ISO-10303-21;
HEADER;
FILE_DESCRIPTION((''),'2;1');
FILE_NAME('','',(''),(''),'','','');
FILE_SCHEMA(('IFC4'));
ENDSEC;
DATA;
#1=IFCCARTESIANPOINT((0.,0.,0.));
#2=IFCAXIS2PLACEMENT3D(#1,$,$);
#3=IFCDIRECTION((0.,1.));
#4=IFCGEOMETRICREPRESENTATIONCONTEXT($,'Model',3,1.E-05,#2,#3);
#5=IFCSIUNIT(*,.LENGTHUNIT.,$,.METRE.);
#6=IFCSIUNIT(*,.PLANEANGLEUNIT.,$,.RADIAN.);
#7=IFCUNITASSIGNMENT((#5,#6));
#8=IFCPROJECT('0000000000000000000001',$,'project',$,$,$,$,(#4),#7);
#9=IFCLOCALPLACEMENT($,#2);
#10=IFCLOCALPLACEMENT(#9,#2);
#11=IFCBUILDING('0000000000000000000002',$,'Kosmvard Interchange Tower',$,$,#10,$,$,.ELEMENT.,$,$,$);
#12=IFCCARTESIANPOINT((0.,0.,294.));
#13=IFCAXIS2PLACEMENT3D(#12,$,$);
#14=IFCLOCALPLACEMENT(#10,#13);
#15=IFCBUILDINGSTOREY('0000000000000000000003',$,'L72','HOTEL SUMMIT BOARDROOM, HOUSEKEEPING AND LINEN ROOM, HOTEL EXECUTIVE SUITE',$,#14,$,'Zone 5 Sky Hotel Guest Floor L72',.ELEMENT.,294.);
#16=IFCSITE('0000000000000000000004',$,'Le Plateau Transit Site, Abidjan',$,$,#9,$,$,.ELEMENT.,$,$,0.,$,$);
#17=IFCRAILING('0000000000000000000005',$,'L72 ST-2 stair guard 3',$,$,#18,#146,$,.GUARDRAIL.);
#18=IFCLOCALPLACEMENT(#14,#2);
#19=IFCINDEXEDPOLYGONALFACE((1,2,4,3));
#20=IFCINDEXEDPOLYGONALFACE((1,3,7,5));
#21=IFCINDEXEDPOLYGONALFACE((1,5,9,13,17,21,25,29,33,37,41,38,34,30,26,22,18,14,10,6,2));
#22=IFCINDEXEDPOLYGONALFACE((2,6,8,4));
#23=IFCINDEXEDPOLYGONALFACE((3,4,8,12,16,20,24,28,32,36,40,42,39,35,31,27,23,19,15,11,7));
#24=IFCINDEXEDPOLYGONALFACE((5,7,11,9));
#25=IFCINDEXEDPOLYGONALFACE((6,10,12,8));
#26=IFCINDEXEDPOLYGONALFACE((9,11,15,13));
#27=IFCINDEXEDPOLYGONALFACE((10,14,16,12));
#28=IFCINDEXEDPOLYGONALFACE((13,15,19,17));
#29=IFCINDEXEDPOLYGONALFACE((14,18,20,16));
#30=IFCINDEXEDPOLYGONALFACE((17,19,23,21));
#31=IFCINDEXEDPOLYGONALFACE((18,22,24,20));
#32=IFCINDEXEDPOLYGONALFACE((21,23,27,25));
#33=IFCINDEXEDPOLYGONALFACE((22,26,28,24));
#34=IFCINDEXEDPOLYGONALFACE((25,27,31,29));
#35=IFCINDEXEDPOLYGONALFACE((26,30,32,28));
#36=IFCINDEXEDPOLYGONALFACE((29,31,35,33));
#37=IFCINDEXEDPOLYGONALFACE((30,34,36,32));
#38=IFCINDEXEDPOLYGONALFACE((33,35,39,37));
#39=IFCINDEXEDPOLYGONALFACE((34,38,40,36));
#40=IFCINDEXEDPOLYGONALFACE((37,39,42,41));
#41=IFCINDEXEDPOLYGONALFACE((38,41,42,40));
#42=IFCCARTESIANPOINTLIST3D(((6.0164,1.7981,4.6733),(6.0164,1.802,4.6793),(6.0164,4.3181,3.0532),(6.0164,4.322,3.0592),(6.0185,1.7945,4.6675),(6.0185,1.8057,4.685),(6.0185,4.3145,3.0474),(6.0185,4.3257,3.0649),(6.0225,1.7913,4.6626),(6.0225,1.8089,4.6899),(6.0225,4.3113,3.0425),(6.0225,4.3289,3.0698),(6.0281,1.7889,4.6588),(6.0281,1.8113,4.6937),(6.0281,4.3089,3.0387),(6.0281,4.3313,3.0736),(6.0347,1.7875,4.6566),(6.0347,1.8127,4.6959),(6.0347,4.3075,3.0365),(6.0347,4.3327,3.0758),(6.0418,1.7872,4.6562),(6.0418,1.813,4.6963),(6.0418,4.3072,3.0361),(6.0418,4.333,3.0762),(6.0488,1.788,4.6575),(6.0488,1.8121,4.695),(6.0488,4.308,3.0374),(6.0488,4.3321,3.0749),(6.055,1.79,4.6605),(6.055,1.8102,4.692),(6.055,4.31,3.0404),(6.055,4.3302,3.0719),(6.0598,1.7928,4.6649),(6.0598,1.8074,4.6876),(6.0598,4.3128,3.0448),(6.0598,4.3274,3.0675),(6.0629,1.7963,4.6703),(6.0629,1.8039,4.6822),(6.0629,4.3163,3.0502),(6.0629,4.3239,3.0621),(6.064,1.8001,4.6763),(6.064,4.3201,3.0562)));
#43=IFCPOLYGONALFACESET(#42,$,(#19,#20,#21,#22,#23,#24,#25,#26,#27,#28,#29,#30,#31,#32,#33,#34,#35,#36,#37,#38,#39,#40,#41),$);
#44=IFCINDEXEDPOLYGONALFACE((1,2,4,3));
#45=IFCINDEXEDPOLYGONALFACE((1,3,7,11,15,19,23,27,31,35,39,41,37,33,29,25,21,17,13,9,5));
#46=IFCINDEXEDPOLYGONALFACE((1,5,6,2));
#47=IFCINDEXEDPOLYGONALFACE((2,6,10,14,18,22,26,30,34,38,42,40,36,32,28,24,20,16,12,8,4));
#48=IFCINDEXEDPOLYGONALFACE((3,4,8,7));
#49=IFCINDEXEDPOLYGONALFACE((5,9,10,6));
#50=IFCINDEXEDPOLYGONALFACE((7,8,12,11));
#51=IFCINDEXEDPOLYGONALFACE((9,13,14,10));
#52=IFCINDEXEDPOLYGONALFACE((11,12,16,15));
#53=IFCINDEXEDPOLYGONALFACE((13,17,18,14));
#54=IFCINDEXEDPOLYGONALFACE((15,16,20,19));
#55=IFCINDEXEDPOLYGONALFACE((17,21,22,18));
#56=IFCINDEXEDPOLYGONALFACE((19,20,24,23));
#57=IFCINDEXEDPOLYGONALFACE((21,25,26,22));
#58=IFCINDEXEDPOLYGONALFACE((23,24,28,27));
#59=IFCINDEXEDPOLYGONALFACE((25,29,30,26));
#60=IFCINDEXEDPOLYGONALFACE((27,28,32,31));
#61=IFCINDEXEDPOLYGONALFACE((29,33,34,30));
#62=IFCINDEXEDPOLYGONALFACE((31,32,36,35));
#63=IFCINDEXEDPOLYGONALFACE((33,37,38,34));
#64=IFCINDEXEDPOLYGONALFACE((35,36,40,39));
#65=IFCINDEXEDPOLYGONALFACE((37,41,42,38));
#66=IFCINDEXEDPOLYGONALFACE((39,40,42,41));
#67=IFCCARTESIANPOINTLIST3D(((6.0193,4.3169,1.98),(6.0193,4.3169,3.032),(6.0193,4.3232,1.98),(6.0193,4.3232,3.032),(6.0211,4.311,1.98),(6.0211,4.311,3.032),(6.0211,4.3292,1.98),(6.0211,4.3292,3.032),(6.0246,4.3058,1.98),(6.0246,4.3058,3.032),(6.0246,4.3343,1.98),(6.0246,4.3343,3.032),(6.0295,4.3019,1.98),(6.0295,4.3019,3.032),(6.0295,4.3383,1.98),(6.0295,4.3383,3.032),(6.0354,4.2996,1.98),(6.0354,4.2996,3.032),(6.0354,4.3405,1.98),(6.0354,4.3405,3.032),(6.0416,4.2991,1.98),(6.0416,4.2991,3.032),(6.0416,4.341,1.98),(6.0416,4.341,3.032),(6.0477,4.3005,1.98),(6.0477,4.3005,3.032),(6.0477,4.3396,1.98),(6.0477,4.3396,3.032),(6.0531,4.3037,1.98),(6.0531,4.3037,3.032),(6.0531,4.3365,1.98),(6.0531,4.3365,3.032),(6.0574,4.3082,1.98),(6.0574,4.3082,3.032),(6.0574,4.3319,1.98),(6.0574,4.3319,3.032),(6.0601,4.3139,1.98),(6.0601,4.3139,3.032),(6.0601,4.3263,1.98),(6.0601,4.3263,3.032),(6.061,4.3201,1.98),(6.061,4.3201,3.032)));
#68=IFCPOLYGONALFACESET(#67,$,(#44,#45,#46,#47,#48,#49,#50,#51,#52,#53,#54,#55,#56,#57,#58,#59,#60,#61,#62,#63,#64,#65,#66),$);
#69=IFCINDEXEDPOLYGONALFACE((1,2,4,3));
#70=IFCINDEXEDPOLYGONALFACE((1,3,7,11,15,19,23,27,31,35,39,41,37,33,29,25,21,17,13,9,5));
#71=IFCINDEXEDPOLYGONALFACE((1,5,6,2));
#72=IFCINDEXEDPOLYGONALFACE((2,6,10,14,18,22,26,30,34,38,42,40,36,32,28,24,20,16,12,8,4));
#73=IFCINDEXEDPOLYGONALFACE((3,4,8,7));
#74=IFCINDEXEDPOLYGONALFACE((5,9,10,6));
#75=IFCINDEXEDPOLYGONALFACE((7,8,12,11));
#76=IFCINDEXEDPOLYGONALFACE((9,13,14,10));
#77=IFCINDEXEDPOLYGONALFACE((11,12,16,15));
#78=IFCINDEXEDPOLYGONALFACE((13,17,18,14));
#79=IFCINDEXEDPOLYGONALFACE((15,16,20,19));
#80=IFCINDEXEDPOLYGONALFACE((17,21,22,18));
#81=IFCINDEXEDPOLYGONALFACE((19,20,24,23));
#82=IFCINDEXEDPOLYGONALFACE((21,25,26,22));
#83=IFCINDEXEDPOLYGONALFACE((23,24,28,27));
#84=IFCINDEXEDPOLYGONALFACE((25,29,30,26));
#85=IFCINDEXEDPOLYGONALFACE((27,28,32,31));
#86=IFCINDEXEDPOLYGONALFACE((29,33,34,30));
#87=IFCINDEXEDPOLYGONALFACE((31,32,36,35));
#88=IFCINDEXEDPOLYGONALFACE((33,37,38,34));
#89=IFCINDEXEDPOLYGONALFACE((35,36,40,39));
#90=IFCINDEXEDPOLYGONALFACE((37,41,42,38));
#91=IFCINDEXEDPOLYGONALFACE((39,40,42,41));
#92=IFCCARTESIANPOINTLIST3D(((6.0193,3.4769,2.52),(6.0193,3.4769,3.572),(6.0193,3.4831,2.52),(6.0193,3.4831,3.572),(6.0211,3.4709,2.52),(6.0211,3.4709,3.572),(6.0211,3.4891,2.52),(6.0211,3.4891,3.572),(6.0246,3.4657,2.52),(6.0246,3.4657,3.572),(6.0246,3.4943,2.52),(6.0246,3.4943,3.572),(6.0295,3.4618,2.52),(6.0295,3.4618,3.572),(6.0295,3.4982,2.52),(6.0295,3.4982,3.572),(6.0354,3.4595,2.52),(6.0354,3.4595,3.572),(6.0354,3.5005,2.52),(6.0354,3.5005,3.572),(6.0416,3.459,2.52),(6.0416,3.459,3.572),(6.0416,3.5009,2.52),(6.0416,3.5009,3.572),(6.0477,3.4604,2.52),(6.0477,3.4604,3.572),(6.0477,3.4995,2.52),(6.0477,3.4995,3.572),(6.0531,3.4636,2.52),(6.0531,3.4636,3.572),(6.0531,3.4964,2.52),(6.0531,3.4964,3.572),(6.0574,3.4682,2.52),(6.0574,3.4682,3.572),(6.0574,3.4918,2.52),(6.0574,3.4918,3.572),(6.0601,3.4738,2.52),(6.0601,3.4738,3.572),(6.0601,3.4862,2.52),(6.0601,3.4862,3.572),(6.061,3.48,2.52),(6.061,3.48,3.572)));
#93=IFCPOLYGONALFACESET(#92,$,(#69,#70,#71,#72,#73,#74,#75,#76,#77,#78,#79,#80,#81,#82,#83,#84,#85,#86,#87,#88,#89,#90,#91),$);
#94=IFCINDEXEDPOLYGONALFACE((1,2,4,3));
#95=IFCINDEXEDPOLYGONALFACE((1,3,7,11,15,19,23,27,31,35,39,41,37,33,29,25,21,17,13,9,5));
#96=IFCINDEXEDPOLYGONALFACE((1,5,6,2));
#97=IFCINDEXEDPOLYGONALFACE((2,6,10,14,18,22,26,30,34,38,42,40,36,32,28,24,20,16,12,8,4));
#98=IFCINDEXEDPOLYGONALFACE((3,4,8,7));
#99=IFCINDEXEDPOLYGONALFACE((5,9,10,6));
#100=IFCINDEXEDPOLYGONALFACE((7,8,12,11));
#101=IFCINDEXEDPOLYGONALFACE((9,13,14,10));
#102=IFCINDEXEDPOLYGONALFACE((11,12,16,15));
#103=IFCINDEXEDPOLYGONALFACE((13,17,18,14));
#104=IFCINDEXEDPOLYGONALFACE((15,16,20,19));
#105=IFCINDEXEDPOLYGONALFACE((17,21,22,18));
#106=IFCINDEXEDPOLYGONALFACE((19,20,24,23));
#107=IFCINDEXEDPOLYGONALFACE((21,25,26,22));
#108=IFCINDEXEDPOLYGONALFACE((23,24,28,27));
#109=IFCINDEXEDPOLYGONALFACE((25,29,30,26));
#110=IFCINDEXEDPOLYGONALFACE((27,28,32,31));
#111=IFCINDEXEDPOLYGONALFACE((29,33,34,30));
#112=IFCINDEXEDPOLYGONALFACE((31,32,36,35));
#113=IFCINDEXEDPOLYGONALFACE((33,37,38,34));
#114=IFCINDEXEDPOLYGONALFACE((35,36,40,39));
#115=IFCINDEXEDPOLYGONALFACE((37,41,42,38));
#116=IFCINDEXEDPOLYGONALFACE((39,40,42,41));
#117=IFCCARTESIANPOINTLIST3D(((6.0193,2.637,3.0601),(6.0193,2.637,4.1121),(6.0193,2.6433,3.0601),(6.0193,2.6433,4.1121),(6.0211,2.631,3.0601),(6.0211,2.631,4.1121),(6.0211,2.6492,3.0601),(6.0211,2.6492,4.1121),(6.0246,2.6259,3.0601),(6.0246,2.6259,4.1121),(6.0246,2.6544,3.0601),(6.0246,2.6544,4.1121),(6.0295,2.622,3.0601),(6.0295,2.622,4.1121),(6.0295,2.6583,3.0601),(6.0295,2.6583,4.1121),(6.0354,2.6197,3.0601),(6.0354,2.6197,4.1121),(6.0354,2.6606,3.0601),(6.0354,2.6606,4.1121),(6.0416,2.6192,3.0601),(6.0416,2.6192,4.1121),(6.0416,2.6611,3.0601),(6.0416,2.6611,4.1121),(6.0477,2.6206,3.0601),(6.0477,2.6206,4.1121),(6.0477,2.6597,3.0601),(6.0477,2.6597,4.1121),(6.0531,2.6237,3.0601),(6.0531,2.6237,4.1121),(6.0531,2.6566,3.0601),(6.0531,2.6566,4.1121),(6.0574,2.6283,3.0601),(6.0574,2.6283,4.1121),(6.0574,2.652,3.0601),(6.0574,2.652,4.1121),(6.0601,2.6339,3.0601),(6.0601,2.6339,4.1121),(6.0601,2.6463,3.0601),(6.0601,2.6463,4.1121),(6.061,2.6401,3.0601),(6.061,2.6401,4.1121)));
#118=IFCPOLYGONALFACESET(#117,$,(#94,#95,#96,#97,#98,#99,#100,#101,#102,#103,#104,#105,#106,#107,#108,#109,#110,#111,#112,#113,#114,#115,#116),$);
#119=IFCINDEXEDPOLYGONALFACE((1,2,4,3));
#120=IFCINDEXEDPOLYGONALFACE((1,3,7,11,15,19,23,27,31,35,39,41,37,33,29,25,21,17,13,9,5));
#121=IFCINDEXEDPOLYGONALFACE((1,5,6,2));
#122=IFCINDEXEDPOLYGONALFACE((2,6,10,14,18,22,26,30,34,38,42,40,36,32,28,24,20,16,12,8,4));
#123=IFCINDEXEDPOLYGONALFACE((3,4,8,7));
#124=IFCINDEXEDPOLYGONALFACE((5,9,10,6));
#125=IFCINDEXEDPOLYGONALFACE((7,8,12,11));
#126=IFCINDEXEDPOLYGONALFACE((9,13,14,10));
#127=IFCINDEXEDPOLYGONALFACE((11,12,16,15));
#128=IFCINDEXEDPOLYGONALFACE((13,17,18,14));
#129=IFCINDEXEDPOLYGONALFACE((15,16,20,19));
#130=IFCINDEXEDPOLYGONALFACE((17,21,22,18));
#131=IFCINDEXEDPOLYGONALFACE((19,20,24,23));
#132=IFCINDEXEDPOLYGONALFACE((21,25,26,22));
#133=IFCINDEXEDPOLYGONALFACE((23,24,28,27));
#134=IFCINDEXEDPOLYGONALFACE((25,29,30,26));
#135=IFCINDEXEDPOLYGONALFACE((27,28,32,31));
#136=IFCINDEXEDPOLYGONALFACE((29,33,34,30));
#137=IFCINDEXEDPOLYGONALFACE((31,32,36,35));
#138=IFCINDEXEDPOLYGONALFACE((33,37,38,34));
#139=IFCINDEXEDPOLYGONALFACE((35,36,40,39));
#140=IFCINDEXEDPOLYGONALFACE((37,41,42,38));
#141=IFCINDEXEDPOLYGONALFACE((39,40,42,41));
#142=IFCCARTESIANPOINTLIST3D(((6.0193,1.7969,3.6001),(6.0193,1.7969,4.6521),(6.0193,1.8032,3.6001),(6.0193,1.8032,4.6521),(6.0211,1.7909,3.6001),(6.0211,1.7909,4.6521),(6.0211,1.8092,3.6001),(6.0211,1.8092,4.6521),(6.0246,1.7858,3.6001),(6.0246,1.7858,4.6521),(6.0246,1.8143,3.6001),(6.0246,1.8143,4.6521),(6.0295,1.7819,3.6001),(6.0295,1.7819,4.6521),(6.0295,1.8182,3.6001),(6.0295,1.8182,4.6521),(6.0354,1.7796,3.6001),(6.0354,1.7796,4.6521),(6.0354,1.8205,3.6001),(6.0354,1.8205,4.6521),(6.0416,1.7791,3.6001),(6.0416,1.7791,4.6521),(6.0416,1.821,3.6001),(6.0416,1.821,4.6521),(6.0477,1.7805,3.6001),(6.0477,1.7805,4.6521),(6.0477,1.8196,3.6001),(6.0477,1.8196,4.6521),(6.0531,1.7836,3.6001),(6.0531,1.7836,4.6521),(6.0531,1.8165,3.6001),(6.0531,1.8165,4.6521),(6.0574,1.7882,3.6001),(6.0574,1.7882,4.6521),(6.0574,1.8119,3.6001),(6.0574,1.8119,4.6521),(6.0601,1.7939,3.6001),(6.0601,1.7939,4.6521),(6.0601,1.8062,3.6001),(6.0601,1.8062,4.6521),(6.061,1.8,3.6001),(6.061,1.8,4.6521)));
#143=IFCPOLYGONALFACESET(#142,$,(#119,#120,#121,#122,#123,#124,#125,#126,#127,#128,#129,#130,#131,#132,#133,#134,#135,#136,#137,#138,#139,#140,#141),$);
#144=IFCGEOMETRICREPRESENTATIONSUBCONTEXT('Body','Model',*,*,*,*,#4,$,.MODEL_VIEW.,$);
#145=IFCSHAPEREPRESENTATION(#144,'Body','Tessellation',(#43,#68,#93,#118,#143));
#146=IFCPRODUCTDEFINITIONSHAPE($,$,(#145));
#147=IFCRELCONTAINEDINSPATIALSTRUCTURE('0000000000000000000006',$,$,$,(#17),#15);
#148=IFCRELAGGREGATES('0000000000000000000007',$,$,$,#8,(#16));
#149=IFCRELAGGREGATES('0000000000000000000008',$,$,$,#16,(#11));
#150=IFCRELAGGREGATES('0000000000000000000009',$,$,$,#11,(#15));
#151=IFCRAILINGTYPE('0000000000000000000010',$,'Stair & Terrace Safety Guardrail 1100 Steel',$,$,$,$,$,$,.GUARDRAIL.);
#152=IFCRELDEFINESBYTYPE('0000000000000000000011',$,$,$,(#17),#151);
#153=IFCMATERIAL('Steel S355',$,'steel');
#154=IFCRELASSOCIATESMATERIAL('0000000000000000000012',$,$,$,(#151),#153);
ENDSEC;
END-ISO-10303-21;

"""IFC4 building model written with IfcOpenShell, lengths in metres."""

from ifc_helpers import new_model, si_unit, direction, frame, origin, origin_2d, place, context, subcontext, project, spatial, circle, extrude, source, transform, mapped, material, type_object, element, save


model = new_model("IFC4")

# Units and contexts
model_context = context("Model", 3, precision=1e-05, world=origin(), true_north=direction((0.0, 1.0)))
body_context = subcontext(model_context, "Body", "Model", "MODEL_VIEW")
ifc_project = project(units=[si_unit("LENGTHUNIT", "METRE"), si_unit("PLANEANGLEUNIT", "RADIAN")], contexts=[model_context])

# Site, building, storey
site_placement = place(None, origin())
site = spatial("IfcSite", under=ifc_project, at=site_placement, Name="Le Plateau Transit Site, Abidjan", CompositionType="ELEMENT", RefElevation=0.0)
building_placement = place(site_placement, origin())
building = spatial("IfcBuilding", under=site, at=building_placement, Name="Kosmvard Interchange Tower", CompositionType="ELEMENT")
storey_placement = place(building_placement, frame((0.0, 0.0, 294.0)))
storey = spatial("IfcBuildingStorey", under=building, at=storey_placement, Name="L72", Description="HOTEL SUMMIT BOARDROOM, HOUSEKEEPING AND LINEN ROOM, HOTEL EXECUTIVE SUITE", LongName="Zone 5 Sky Hotel Guest Floor L72", CompositionType="ELEMENT", Elevation=294.0)

# Railing
ifc_material_1 = material(Name="Steel S355", Category="steel")
railing_type_1 = type_object("IfcRailingType", Name="Stair & Terrace Safety Guardrail 1100 Steel", PredefinedType="GUARDRAIL", material=ifc_material_1)
shared_shape_1 = source(origin(), body_context, "Body", "SweptSolid", [
    extrude(circle(Radius=0.0239, at=origin_2d()), frame((0.0, 0.0, 1.0762), z_axis=(0.0, -0.841163, 0.540782), x_axis=(1.0, 0.0, 0.0)), (0.0, 0.0, 1.0), 2.9958),
    extrude(circle(Radius=0.021, at=origin_2d()), origin(), (0.0, 0.0, 1.0), 1.052),
    extrude(circle(Radius=0.021, at=origin_2d()), frame((0.0, -0.8401, 0.54)), (0.0, 0.0, 1.0), 1.052),
    extrude(circle(Radius=0.021, at=origin_2d()), frame((0.0, -1.6799, 1.0801)), (0.0, 0.0, 1.0), 1.052),
    extrude(circle(Radius=0.021, at=origin_2d()), frame((0.0, -2.52, 1.6201)), (0.0, 0.0, 1.0), 1.052),
])
railing_1_placement = place(storey_placement, frame((6.04, 4.3201, 1.98)))
element("IfcRailing", 1, at=railing_1_placement, inside=storey, type_object=railing_type_1, Name="L72 ST-2 stair guard 3", PredefinedType="GUARDRAIL", context=body_context, shape_type="MappedRepresentation", body=[
    mapped(shared_shape_1, transform((0.0, 0.0, 0.0), scale=1.0)),
])

save(model, "model.ifc")
